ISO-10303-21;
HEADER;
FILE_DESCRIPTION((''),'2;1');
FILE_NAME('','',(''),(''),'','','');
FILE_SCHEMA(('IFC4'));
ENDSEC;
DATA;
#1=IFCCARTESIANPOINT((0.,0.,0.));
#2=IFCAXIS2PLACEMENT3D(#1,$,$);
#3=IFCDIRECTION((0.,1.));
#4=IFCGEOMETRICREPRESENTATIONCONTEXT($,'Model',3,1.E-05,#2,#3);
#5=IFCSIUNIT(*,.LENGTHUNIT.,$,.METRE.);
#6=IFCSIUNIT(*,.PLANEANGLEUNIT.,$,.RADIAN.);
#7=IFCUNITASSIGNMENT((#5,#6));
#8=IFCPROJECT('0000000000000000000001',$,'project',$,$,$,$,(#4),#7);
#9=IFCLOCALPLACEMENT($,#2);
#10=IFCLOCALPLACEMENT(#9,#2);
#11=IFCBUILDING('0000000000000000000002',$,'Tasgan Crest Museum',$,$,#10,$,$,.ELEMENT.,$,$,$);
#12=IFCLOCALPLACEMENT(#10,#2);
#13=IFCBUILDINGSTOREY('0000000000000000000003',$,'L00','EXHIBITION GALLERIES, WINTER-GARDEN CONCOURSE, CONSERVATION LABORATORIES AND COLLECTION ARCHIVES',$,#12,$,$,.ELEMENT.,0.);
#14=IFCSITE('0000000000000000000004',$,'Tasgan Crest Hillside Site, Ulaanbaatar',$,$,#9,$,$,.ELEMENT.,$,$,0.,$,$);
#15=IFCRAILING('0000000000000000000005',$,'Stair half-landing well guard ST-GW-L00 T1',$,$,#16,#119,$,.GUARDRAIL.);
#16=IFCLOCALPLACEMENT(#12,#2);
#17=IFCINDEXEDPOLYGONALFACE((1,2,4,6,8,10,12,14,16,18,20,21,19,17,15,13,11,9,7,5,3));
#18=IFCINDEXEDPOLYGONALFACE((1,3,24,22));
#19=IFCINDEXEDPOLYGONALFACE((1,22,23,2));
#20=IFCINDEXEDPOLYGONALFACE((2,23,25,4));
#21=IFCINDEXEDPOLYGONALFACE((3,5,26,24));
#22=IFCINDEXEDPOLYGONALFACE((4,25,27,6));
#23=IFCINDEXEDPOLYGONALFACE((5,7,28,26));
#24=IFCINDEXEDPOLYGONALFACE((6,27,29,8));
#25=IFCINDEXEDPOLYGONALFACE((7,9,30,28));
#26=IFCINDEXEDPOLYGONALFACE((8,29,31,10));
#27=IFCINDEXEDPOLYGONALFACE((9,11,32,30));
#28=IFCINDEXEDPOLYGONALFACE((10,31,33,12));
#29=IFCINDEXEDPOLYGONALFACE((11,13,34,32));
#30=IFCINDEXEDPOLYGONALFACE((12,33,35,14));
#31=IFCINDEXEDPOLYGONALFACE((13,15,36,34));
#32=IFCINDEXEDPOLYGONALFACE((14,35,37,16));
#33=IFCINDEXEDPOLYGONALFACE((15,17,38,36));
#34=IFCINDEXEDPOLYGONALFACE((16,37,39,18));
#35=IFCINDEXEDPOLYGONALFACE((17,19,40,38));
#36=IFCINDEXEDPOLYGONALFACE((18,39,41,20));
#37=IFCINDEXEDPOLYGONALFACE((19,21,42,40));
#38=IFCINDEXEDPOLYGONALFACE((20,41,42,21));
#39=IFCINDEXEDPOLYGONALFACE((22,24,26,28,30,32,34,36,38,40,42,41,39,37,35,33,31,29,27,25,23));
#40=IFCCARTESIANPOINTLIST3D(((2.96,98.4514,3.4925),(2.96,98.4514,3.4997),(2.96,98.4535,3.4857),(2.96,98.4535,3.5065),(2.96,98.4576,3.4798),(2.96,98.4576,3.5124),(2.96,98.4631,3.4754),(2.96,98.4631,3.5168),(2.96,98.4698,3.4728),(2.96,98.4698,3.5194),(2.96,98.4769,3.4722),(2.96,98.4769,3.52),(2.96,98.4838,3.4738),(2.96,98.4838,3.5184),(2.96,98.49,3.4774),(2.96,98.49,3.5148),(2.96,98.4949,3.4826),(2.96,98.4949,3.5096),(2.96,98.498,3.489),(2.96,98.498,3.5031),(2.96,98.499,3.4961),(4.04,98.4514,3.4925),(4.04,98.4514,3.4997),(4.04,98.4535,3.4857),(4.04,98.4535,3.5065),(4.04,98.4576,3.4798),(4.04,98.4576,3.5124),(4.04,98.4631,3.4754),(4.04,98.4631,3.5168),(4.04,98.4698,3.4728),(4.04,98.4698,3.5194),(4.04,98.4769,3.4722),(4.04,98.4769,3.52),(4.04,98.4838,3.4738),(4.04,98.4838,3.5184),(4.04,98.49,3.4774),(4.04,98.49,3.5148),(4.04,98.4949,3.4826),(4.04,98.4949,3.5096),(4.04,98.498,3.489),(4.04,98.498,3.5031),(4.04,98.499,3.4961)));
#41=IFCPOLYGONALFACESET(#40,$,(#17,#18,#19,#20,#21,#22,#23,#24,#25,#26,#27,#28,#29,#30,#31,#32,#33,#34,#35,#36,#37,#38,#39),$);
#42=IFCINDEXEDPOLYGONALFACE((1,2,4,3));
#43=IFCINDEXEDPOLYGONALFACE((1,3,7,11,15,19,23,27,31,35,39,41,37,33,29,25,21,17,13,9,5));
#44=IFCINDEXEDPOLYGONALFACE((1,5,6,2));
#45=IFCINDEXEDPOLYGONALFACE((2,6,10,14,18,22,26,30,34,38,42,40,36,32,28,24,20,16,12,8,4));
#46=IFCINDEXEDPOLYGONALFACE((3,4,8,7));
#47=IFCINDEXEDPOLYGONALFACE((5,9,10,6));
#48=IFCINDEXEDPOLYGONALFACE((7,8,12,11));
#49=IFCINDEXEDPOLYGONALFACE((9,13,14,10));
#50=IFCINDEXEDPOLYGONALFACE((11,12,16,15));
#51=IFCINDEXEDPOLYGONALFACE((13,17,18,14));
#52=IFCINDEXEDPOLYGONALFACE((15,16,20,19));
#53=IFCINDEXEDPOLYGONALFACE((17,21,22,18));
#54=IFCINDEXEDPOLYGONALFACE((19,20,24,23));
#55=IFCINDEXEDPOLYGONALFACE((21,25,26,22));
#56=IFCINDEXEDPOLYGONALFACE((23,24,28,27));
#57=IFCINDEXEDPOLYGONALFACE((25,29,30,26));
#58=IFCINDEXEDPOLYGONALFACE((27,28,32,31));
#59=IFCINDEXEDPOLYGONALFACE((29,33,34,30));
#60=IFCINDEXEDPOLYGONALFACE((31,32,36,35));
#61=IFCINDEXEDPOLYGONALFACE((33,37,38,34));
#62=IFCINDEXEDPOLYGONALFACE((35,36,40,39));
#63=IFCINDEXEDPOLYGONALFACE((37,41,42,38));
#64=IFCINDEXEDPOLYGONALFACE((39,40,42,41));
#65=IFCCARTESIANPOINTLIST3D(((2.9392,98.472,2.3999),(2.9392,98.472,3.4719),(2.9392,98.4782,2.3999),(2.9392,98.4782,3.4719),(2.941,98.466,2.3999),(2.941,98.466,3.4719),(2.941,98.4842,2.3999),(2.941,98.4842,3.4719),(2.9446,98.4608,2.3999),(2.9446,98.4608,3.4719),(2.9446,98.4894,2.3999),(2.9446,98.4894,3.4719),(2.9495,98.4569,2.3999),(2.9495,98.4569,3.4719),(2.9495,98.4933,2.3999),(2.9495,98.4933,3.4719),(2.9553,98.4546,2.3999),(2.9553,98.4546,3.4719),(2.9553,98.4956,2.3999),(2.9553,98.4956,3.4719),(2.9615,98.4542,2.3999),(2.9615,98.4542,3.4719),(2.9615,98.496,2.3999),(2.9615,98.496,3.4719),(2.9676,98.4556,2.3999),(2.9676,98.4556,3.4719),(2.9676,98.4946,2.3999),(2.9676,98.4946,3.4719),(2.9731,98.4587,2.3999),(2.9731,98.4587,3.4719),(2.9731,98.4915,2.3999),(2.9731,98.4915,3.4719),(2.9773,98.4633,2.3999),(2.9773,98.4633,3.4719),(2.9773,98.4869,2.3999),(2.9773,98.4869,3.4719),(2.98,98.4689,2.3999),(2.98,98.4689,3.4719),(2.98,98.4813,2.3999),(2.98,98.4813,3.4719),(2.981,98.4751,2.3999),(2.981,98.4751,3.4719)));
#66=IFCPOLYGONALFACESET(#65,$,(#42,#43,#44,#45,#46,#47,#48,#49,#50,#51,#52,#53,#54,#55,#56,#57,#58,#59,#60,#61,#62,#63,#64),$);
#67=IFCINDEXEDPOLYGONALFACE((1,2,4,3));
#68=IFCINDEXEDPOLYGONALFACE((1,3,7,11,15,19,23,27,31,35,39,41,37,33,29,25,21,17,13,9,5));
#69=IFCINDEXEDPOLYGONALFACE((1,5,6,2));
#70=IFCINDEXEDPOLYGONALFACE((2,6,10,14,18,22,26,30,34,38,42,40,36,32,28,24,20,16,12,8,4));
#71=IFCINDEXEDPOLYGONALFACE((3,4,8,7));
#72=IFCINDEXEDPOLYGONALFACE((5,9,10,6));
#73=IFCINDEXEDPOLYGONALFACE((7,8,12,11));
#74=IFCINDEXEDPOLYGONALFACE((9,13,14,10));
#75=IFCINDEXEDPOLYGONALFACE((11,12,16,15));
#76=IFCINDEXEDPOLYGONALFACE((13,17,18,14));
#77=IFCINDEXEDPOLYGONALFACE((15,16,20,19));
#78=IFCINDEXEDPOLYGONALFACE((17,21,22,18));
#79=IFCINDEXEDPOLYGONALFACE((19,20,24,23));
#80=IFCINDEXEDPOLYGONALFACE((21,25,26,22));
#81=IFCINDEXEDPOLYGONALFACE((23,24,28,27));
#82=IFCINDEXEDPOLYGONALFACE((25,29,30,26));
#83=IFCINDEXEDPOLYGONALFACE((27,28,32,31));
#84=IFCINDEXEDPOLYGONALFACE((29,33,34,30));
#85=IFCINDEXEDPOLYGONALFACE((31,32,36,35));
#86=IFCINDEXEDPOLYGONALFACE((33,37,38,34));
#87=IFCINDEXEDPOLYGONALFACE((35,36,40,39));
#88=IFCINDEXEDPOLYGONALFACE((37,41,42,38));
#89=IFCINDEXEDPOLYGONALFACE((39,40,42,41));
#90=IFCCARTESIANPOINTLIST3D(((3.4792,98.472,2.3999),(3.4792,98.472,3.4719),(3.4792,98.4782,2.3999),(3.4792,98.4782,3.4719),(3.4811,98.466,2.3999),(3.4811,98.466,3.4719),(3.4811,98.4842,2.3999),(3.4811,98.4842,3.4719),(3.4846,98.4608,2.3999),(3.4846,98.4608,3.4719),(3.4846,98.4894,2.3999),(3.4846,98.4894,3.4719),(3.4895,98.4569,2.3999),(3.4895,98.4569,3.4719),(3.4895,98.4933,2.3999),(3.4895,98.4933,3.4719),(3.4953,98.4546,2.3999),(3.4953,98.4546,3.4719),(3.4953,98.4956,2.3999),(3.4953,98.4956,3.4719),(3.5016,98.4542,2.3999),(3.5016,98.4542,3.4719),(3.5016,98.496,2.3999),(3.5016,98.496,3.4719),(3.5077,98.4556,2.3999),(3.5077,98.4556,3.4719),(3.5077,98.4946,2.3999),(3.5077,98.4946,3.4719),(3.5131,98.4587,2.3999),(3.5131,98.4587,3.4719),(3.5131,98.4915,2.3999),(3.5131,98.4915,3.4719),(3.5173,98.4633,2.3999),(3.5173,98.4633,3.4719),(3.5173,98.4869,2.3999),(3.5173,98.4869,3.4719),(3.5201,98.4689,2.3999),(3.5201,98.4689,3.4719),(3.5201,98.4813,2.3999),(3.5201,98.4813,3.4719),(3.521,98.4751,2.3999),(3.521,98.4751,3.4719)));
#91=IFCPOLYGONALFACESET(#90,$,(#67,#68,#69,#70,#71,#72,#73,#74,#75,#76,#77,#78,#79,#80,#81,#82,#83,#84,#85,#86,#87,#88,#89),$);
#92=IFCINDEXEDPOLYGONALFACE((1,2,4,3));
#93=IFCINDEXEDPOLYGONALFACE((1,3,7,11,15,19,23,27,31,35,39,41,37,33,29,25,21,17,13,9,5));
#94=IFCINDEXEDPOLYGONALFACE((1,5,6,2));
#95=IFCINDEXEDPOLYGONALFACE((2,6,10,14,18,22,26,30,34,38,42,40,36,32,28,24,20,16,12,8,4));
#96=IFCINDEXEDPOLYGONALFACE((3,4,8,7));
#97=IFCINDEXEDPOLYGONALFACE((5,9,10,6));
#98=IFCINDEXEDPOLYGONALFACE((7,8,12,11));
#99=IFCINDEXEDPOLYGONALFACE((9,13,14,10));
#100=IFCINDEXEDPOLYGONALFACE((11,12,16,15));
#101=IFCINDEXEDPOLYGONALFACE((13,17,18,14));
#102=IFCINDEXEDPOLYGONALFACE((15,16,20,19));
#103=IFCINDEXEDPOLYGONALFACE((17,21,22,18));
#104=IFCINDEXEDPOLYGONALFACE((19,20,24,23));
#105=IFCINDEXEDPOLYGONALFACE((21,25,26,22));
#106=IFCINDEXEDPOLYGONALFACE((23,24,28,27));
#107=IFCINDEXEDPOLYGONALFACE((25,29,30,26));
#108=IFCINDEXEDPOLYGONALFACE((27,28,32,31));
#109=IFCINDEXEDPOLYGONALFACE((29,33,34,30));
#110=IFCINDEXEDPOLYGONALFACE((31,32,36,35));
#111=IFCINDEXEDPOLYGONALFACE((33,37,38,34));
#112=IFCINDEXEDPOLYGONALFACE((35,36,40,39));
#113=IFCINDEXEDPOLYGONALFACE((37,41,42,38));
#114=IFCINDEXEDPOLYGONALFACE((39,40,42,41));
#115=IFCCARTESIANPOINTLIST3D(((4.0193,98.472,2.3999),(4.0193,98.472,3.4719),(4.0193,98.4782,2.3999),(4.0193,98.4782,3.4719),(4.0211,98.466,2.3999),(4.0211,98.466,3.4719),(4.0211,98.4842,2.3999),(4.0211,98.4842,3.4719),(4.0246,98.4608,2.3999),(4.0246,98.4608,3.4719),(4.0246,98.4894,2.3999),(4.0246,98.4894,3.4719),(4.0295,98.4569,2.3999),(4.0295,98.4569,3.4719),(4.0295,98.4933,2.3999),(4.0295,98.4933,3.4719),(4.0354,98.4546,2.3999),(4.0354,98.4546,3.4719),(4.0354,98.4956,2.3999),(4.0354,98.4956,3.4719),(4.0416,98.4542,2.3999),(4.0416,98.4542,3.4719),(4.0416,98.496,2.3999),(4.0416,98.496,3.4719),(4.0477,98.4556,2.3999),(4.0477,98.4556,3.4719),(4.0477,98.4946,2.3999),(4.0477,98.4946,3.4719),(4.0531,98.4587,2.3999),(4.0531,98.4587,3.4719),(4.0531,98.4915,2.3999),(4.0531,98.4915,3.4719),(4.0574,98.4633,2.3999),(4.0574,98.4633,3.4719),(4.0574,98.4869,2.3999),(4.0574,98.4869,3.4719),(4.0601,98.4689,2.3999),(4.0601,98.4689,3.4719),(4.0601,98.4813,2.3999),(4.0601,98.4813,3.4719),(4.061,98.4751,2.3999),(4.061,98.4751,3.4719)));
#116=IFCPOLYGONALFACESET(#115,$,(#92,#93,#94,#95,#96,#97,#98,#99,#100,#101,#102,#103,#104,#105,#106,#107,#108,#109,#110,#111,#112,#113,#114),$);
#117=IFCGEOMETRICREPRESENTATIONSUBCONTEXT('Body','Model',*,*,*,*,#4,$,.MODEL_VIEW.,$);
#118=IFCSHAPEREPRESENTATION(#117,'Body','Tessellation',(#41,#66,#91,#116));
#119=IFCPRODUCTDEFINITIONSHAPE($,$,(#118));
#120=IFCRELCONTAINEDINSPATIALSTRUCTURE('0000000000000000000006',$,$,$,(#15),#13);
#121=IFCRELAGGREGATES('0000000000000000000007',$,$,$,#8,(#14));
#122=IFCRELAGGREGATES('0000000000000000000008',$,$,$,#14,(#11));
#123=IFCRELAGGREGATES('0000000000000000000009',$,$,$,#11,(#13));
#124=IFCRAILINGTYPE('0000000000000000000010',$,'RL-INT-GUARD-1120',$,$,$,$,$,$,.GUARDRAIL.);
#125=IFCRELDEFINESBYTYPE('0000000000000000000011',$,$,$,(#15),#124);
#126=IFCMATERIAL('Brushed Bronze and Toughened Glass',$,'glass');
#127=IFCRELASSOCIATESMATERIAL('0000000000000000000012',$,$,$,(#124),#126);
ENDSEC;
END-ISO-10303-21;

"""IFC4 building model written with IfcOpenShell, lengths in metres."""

from ifc_helpers import new_model, si_unit, direction, frame, origin, origin_2d, place, context, subcontext, project, spatial, circle, extrude, material, type_object, element, save


model = new_model("IFC4")

# Units and contexts
model_context = context("Model", 3, precision=1e-05, world=origin(), true_north=direction((0.0, 1.0)))
body_context = subcontext(model_context, "Body", "Model", "MODEL_VIEW")
ifc_project = project(units=[si_unit("LENGTHUNIT", "METRE"), si_unit("PLANEANGLEUNIT", "RADIAN")], contexts=[model_context])

# Site, building, storey
site_placement = place(None, origin())
site = spatial("IfcSite", under=ifc_project, at=site_placement, Name="Tasgan Crest Hillside Site, Ulaanbaatar", CompositionType="ELEMENT", RefElevation=0.0)
building_placement = place(site_placement, origin())
building = spatial("IfcBuilding", under=site, at=building_placement, Name="Tasgan Crest Museum", CompositionType="ELEMENT")
storey_placement = place(building_placement, origin())
storey = spatial("IfcBuildingStorey", under=building, at=storey_placement, Name="L00", Description="EXHIBITION GALLERIES, WINTER-GARDEN CONCOURSE, CONSERVATION LABORATORIES AND COLLECTION ARCHIVES", CompositionType="ELEMENT", Elevation=0.0)

# Railing
ifc_material_1 = material(Name="Brushed Bronze and Toughened Glass", Category="glass")
railing_type_1 = type_object("IfcRailingType", Name="RL-INT-GUARD-1120", PredefinedType="GUARDRAIL", material=ifc_material_1)
railing_placement = place(storey_placement, frame((2.96, 98.4751, 2.3999)))
element("IfcRailing", 1, at=railing_placement, inside=storey, type_object=railing_type_1, Name="Stair half-landing well guard ST-GW-L00 T1", PredefinedType="GUARDRAIL", context=body_context, shape_type="SweptSolid", body=[
    extrude(circle(Radius=0.0239, at=origin_2d()), frame((0.0, 0.0, 1.0962), z_axis=(1.0, 0.0, 0.0), x_axis=(0.0, 1.0, 0.0)), (0.0, 0.0, 1.0), 1.0801),
    extrude(circle(Radius=0.021, at=origin_2d()), origin(), (0.0, 0.0, 1.0), 1.072),
    extrude(circle(Radius=0.021, at=origin_2d()), frame((0.54, 0.0, 0.0)), (0.0, 0.0, 1.0), 1.072),
    extrude(circle(Radius=0.021, at=origin_2d()), frame((1.0801, 0.0, 0.0)), (0.0, 0.0, 1.0), 1.072),
])

save(model, "model.ifc")
